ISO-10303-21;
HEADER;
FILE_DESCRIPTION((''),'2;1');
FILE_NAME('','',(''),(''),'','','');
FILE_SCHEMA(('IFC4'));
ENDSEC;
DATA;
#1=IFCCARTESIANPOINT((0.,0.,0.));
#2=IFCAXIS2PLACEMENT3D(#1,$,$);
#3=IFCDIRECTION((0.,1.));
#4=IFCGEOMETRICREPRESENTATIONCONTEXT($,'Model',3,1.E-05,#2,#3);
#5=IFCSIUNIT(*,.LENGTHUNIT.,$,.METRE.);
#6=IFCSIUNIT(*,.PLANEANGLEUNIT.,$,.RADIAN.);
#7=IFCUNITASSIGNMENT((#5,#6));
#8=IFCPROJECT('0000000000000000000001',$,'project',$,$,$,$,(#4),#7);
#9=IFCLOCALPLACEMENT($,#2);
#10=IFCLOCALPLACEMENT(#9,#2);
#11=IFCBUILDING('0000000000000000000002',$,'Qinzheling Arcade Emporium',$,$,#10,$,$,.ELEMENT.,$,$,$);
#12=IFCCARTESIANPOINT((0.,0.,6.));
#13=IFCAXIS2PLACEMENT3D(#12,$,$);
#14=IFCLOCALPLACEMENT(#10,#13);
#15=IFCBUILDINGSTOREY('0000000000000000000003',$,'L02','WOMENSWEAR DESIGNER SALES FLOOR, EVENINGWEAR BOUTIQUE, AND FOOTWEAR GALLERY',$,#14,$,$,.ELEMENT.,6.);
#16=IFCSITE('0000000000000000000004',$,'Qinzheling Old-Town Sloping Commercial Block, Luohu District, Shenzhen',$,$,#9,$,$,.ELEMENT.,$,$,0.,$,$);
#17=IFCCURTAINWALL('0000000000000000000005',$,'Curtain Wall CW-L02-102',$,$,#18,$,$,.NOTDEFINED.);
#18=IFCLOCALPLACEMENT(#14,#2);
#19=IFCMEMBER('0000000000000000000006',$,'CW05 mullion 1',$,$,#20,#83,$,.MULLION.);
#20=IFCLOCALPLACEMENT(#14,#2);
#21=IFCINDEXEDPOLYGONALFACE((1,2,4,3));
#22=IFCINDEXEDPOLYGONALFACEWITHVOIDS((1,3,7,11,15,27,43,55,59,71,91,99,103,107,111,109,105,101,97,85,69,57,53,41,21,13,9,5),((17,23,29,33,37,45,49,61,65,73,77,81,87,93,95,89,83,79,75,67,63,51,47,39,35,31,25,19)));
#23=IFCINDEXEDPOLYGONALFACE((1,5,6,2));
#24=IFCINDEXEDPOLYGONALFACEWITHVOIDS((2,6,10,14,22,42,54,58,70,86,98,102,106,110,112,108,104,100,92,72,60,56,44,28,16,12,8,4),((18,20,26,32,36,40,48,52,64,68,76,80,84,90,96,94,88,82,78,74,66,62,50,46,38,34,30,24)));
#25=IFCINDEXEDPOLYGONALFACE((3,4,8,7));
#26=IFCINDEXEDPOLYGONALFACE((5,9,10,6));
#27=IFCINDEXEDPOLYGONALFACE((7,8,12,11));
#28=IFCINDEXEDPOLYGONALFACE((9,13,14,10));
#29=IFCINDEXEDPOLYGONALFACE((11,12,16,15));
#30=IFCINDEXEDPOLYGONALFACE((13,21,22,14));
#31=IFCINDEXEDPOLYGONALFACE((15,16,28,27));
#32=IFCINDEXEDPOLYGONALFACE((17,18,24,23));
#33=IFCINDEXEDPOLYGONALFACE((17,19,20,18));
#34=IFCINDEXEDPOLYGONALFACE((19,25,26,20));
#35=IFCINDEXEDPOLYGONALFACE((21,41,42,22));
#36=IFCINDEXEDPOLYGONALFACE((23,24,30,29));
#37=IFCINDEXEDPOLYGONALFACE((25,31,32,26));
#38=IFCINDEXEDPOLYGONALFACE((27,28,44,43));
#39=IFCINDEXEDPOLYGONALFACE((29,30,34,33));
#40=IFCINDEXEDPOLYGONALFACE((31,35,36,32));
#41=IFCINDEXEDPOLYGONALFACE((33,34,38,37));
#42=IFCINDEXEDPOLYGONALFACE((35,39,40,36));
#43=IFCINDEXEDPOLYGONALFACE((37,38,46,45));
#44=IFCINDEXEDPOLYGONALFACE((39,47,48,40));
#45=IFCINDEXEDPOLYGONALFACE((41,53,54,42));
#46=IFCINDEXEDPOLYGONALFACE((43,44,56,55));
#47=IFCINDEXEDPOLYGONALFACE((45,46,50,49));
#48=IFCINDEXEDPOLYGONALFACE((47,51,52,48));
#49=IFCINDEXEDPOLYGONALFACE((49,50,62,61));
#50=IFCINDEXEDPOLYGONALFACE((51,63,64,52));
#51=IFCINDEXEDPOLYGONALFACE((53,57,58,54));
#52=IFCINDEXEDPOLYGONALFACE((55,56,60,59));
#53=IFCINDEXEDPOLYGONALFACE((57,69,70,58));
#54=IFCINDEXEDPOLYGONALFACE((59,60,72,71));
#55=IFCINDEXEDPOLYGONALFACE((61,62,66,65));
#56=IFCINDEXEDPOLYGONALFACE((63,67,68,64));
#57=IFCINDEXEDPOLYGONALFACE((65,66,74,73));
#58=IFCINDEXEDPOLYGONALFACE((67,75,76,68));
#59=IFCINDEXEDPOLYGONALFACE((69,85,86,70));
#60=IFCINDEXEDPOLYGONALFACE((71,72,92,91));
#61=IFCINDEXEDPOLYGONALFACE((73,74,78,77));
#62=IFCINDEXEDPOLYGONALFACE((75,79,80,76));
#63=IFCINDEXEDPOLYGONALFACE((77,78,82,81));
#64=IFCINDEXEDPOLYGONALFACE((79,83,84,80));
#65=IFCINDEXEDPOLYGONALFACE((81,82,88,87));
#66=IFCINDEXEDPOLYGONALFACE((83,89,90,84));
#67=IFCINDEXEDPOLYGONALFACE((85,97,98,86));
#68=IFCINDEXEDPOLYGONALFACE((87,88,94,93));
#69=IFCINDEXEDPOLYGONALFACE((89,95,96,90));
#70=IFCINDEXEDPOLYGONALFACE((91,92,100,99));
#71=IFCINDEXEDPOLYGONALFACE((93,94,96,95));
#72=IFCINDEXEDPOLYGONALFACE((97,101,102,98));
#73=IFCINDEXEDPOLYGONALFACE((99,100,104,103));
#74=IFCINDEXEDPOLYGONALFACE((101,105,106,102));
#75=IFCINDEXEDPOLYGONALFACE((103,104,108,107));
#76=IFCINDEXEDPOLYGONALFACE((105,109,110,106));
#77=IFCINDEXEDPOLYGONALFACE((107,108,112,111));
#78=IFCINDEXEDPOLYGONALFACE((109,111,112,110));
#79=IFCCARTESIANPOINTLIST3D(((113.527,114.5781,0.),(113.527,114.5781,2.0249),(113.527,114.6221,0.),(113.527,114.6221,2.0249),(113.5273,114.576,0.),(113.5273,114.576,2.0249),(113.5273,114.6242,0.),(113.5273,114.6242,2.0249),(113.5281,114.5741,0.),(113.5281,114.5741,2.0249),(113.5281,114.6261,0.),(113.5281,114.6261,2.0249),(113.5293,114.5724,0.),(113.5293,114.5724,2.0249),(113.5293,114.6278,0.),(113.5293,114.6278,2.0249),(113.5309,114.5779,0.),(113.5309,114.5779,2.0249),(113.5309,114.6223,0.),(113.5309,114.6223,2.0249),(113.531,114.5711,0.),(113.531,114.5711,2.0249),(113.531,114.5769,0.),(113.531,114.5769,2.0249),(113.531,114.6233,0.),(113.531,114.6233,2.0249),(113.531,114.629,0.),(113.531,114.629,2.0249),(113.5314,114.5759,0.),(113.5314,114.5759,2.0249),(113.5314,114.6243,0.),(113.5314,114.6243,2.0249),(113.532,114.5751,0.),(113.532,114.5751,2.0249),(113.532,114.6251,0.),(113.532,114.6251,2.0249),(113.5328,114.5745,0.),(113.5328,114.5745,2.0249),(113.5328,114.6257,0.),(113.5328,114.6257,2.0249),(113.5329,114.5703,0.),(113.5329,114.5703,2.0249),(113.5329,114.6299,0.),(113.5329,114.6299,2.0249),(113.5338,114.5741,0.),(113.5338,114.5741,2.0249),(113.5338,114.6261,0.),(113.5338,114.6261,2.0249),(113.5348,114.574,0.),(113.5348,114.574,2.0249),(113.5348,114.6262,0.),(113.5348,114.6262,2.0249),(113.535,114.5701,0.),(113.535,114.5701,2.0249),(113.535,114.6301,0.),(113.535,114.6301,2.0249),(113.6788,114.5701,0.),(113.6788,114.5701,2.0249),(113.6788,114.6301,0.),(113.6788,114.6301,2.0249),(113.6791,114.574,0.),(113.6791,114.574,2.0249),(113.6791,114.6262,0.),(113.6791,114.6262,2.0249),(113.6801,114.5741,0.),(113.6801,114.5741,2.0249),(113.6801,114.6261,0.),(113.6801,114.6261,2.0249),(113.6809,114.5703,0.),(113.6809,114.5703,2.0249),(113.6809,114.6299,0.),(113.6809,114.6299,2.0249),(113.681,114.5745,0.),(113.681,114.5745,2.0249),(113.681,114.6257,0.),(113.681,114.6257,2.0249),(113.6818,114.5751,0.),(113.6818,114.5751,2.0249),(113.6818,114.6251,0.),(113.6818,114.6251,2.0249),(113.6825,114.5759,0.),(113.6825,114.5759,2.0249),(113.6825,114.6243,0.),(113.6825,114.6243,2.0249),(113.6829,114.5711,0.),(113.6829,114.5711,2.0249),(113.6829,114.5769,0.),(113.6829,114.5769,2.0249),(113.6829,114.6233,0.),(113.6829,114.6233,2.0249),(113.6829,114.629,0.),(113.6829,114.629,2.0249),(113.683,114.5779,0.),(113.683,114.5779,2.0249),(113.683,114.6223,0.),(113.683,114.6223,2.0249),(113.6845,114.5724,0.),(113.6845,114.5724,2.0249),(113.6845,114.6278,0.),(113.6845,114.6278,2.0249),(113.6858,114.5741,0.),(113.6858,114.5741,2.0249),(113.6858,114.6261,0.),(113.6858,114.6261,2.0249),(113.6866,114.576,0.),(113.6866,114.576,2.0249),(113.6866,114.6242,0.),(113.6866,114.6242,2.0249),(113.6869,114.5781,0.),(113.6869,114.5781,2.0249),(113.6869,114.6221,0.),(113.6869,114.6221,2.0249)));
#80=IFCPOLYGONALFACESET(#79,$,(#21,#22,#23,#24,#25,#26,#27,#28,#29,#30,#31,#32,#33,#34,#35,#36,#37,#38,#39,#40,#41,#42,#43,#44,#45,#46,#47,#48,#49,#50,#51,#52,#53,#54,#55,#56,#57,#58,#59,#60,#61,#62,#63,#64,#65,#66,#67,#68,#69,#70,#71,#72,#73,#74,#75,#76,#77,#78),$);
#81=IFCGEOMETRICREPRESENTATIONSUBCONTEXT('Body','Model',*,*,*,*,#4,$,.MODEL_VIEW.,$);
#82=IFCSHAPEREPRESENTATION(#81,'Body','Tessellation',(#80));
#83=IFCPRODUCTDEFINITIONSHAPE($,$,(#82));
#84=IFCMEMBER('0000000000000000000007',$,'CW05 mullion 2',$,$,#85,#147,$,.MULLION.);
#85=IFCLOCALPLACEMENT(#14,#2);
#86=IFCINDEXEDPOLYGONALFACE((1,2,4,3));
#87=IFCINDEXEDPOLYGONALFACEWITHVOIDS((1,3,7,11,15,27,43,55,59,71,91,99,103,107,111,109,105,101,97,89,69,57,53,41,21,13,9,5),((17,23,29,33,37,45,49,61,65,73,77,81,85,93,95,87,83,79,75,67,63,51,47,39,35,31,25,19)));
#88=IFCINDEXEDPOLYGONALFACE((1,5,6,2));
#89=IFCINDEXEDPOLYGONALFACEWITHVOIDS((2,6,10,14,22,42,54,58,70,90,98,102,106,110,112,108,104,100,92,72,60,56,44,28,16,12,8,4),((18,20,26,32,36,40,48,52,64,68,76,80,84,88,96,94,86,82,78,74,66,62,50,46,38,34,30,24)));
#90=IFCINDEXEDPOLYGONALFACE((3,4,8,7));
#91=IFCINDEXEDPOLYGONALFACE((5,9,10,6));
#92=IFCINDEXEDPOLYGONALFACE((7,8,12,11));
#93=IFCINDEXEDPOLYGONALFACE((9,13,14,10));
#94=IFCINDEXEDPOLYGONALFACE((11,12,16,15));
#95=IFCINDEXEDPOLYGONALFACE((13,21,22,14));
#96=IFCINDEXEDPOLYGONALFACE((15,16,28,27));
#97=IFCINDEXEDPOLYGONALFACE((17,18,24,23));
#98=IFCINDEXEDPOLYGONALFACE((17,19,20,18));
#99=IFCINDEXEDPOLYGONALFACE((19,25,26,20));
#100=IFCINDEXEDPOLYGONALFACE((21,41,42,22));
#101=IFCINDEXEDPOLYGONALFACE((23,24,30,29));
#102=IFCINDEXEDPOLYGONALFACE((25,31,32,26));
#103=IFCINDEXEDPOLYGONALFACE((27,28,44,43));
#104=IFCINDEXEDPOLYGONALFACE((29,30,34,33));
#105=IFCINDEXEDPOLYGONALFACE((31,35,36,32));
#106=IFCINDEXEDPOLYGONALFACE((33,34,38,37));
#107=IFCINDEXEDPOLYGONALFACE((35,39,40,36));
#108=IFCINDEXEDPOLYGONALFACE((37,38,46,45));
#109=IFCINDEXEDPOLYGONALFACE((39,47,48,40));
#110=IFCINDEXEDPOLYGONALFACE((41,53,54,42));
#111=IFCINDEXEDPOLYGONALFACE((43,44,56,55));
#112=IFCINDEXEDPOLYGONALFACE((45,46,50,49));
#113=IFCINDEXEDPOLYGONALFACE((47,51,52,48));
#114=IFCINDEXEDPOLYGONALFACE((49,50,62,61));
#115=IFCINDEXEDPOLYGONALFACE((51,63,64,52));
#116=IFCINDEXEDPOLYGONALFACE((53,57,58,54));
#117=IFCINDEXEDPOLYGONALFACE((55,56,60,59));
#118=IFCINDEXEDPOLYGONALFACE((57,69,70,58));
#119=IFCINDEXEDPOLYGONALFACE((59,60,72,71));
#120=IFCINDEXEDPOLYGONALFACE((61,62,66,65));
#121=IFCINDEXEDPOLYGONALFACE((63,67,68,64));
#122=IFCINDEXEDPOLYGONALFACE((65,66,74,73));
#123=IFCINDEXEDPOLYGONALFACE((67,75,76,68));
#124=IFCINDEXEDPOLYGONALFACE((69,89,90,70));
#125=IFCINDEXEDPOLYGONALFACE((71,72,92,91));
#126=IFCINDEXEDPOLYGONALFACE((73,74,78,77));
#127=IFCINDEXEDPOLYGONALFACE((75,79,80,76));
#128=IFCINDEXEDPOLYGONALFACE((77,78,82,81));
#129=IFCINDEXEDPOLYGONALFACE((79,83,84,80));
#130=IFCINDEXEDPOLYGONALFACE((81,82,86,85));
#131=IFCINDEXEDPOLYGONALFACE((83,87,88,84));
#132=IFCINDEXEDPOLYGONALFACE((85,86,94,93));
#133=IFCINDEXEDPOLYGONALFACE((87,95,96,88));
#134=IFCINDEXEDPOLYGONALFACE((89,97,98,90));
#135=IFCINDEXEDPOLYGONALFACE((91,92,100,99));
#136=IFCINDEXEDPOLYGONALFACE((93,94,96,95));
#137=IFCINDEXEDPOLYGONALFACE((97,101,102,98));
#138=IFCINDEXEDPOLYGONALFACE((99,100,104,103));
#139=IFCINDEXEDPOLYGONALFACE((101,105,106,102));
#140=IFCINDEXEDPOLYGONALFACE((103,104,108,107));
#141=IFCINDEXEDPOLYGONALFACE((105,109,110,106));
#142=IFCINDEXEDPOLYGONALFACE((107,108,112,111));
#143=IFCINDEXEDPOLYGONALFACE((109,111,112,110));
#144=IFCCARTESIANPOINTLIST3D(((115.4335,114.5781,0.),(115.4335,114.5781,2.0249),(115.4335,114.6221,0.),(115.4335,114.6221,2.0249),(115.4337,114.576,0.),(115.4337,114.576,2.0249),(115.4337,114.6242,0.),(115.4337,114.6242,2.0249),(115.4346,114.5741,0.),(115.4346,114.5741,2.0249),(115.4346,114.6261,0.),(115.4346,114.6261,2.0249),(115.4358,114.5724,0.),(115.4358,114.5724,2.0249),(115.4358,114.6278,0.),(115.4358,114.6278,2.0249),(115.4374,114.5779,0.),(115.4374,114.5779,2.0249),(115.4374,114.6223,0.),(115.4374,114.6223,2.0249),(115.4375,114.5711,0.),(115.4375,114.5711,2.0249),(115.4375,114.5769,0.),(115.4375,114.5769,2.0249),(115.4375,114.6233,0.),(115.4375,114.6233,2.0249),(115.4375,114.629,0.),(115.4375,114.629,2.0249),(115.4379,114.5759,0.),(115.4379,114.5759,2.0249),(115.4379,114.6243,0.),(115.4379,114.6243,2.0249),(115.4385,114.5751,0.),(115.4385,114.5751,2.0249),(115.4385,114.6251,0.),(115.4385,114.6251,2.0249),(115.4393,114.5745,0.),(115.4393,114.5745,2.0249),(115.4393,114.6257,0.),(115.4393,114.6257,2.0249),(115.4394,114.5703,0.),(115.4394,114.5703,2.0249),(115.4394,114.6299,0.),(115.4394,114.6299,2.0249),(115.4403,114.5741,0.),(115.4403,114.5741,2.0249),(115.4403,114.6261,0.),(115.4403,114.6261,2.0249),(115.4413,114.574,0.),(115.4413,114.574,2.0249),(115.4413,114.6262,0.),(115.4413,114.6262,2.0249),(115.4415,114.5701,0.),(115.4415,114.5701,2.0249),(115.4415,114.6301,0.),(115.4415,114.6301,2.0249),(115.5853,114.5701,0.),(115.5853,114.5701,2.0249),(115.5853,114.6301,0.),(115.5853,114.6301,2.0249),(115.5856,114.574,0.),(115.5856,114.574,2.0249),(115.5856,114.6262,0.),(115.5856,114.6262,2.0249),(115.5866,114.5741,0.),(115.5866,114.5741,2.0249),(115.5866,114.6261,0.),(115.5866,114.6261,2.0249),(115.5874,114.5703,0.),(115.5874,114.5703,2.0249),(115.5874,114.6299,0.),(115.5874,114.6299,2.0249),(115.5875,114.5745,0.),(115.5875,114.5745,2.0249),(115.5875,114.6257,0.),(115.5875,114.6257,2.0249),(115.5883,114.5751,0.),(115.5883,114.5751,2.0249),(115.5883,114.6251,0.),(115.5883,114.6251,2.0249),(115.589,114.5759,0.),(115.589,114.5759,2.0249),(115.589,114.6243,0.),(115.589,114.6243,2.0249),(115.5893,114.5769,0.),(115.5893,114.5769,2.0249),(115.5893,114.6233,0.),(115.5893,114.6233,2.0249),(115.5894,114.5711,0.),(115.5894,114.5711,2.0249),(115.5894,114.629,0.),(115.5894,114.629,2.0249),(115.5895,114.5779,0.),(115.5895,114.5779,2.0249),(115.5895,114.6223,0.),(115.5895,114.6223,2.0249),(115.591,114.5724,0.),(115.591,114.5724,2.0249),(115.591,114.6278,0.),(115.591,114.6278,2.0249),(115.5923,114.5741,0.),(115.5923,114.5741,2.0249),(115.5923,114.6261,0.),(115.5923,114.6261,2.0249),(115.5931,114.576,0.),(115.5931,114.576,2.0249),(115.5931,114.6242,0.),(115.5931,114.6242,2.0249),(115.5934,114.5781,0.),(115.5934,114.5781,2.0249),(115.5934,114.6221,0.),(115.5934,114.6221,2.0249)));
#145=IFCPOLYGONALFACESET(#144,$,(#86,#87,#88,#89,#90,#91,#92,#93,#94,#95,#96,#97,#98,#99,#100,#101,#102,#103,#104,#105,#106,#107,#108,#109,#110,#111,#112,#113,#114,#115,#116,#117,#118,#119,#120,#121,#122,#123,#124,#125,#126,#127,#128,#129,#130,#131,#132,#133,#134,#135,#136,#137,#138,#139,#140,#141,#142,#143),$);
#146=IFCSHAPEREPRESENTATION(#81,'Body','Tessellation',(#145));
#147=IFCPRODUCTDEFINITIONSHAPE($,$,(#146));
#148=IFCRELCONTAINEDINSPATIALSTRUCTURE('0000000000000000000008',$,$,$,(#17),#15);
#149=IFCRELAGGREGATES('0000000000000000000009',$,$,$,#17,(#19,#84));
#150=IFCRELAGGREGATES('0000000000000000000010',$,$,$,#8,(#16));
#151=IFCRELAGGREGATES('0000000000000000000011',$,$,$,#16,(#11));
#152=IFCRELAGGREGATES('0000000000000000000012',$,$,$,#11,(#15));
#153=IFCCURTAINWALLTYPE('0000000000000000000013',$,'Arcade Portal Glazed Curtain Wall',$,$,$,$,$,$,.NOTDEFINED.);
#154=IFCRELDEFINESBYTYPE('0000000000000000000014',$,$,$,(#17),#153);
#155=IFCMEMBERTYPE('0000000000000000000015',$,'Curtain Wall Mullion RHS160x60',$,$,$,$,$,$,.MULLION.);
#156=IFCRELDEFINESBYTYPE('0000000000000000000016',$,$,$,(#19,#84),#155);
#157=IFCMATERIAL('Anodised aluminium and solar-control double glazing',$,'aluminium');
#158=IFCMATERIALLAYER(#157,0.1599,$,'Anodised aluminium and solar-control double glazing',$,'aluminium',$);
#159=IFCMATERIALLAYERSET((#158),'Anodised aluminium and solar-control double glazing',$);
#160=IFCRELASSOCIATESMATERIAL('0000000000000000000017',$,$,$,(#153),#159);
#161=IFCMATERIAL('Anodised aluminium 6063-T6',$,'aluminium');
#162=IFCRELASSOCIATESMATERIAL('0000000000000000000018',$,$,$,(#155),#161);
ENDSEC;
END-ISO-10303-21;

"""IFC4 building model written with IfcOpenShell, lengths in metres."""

from ifc_helpers import new_model, si_unit, direction, frame, origin, origin_2d, place, context, subcontext, project, spatial, hollow_rectangle, extrude, material, layer, layer_set, material_profile, profile_set, type_object, element, aggregate, save


model = new_model("IFC4")

# Units and contexts
model_context = context("Model", 3, precision=1e-05, world=origin(), true_north=direction((0.0, 1.0)))
body_context = subcontext(model_context, "Body", "Model", "MODEL_VIEW")
ifc_project = project(units=[si_unit("LENGTHUNIT", "METRE"), si_unit("PLANEANGLEUNIT", "RADIAN")], contexts=[model_context])

# Site, building, storey
site_placement = place(None, origin())
site = spatial("IfcSite", under=ifc_project, at=site_placement, Name="Qinzheling Old-Town Sloping Commercial Block, Luohu District, Shenzhen", CompositionType="ELEMENT", RefElevation=0.0)
building_placement = place(site_placement, origin())
building = spatial("IfcBuilding", under=site, at=building_placement, Name="Qinzheling Arcade Emporium", CompositionType="ELEMENT")
storey_placement = place(building_placement, frame((0.0, 0.0, 6.0)))
storey = spatial("IfcBuildingStorey", under=building, at=storey_placement, Name="L02", Description="WOMENSWEAR DESIGNER SALES FLOOR, EVENINGWEAR BOUTIQUE, AND FOOTWEAR GALLERY", CompositionType="ELEMENT", Elevation=6.0)

# Curtain wall, members
ifc_material_1 = material(Name="Anodised aluminium and solar-control double glazing", Category="aluminium")
ifc_layer_1 = layer(ifc_material_1, 0.1599, Name="Anodised aluminium and solar-control double glazing", Category="aluminium")
ifc_layer_set_1 = layer_set([ifc_layer_1], Name="Anodised aluminium and solar-control double glazing")
curtain_wall_type = type_object("IfcCurtainWallType", Name="Arcade Portal Glazed Curtain Wall", PredefinedType="NOTDEFINED", material=ifc_layer_set_1)
curtain_wall_placement = place(storey_placement, origin())
curtain_wall = element("IfcCurtainWall", 1, at=curtain_wall_placement, inside=storey, type_object=curtain_wall_type, Name="Curtain Wall CW-L02-102", PredefinedType="NOTDEFINED")
ifc_material_2 = material(Name="Anodised aluminium 6063-T6", Category="aluminium")
ifc_material_profile_1 = material_profile(ifc_material_2, hollow_rectangle(XDim=0.0601, YDim=0.1599, WallThickness=0.0039, InnerFilletRadius=0.0039, OuterFilletRadius=0.0081, at=origin_2d()), Name="RHS 160x60x4", Category="aluminium")
ifc_profile_set_1 = profile_set([ifc_material_profile_1], Name="Anodised aluminium 6063-T6")
member_type_1 = type_object("IfcMemberType", Name="Curtain Wall Mullion RHS160x60", PredefinedType="MULLION", material=ifc_profile_set_1)
member_1_placement = place(storey_placement, frame((113.6069, 114.6001, 0.0), z_axis=(0.0, 0.0, 1.0), x_axis=(0.0, 1.0, 0.0)))
member_1 = element("IfcMember", 2, at=member_1_placement, type_object=member_type_1, Name="CW05 mullion 1", PredefinedType="MULLION", context=body_context, shape_type="SweptSolid", body=[
    extrude(hollow_rectangle(XDim=0.0601, YDim=0.1599, WallThickness=0.0039, InnerFilletRadius=0.0039, OuterFilletRadius=0.0081, at=origin_2d()), origin(), (0.0, 0.0, 1.0), 2.0249),
])
member_2_placement = place(storey_placement, frame((115.5134, 114.6001, 0.0), z_axis=(0.0, 0.0, 1.0), x_axis=(0.0, 1.0, 0.0)))
member_2 = element("IfcMember", 3, at=member_2_placement, type_object=member_type_1, Name="CW05 mullion 2", PredefinedType="MULLION", context=body_context, shape_type="SweptSolid", body=[
    extrude(hollow_rectangle(XDim=0.0601, YDim=0.1599, WallThickness=0.0039, InnerFilletRadius=0.0039, OuterFilletRadius=0.0081, at=origin_2d()), origin(), (0.0, 0.0, 1.0), 2.0249),
])

aggregate(curtain_wall, [member_1, member_2])

save(model, "model.ifc")
